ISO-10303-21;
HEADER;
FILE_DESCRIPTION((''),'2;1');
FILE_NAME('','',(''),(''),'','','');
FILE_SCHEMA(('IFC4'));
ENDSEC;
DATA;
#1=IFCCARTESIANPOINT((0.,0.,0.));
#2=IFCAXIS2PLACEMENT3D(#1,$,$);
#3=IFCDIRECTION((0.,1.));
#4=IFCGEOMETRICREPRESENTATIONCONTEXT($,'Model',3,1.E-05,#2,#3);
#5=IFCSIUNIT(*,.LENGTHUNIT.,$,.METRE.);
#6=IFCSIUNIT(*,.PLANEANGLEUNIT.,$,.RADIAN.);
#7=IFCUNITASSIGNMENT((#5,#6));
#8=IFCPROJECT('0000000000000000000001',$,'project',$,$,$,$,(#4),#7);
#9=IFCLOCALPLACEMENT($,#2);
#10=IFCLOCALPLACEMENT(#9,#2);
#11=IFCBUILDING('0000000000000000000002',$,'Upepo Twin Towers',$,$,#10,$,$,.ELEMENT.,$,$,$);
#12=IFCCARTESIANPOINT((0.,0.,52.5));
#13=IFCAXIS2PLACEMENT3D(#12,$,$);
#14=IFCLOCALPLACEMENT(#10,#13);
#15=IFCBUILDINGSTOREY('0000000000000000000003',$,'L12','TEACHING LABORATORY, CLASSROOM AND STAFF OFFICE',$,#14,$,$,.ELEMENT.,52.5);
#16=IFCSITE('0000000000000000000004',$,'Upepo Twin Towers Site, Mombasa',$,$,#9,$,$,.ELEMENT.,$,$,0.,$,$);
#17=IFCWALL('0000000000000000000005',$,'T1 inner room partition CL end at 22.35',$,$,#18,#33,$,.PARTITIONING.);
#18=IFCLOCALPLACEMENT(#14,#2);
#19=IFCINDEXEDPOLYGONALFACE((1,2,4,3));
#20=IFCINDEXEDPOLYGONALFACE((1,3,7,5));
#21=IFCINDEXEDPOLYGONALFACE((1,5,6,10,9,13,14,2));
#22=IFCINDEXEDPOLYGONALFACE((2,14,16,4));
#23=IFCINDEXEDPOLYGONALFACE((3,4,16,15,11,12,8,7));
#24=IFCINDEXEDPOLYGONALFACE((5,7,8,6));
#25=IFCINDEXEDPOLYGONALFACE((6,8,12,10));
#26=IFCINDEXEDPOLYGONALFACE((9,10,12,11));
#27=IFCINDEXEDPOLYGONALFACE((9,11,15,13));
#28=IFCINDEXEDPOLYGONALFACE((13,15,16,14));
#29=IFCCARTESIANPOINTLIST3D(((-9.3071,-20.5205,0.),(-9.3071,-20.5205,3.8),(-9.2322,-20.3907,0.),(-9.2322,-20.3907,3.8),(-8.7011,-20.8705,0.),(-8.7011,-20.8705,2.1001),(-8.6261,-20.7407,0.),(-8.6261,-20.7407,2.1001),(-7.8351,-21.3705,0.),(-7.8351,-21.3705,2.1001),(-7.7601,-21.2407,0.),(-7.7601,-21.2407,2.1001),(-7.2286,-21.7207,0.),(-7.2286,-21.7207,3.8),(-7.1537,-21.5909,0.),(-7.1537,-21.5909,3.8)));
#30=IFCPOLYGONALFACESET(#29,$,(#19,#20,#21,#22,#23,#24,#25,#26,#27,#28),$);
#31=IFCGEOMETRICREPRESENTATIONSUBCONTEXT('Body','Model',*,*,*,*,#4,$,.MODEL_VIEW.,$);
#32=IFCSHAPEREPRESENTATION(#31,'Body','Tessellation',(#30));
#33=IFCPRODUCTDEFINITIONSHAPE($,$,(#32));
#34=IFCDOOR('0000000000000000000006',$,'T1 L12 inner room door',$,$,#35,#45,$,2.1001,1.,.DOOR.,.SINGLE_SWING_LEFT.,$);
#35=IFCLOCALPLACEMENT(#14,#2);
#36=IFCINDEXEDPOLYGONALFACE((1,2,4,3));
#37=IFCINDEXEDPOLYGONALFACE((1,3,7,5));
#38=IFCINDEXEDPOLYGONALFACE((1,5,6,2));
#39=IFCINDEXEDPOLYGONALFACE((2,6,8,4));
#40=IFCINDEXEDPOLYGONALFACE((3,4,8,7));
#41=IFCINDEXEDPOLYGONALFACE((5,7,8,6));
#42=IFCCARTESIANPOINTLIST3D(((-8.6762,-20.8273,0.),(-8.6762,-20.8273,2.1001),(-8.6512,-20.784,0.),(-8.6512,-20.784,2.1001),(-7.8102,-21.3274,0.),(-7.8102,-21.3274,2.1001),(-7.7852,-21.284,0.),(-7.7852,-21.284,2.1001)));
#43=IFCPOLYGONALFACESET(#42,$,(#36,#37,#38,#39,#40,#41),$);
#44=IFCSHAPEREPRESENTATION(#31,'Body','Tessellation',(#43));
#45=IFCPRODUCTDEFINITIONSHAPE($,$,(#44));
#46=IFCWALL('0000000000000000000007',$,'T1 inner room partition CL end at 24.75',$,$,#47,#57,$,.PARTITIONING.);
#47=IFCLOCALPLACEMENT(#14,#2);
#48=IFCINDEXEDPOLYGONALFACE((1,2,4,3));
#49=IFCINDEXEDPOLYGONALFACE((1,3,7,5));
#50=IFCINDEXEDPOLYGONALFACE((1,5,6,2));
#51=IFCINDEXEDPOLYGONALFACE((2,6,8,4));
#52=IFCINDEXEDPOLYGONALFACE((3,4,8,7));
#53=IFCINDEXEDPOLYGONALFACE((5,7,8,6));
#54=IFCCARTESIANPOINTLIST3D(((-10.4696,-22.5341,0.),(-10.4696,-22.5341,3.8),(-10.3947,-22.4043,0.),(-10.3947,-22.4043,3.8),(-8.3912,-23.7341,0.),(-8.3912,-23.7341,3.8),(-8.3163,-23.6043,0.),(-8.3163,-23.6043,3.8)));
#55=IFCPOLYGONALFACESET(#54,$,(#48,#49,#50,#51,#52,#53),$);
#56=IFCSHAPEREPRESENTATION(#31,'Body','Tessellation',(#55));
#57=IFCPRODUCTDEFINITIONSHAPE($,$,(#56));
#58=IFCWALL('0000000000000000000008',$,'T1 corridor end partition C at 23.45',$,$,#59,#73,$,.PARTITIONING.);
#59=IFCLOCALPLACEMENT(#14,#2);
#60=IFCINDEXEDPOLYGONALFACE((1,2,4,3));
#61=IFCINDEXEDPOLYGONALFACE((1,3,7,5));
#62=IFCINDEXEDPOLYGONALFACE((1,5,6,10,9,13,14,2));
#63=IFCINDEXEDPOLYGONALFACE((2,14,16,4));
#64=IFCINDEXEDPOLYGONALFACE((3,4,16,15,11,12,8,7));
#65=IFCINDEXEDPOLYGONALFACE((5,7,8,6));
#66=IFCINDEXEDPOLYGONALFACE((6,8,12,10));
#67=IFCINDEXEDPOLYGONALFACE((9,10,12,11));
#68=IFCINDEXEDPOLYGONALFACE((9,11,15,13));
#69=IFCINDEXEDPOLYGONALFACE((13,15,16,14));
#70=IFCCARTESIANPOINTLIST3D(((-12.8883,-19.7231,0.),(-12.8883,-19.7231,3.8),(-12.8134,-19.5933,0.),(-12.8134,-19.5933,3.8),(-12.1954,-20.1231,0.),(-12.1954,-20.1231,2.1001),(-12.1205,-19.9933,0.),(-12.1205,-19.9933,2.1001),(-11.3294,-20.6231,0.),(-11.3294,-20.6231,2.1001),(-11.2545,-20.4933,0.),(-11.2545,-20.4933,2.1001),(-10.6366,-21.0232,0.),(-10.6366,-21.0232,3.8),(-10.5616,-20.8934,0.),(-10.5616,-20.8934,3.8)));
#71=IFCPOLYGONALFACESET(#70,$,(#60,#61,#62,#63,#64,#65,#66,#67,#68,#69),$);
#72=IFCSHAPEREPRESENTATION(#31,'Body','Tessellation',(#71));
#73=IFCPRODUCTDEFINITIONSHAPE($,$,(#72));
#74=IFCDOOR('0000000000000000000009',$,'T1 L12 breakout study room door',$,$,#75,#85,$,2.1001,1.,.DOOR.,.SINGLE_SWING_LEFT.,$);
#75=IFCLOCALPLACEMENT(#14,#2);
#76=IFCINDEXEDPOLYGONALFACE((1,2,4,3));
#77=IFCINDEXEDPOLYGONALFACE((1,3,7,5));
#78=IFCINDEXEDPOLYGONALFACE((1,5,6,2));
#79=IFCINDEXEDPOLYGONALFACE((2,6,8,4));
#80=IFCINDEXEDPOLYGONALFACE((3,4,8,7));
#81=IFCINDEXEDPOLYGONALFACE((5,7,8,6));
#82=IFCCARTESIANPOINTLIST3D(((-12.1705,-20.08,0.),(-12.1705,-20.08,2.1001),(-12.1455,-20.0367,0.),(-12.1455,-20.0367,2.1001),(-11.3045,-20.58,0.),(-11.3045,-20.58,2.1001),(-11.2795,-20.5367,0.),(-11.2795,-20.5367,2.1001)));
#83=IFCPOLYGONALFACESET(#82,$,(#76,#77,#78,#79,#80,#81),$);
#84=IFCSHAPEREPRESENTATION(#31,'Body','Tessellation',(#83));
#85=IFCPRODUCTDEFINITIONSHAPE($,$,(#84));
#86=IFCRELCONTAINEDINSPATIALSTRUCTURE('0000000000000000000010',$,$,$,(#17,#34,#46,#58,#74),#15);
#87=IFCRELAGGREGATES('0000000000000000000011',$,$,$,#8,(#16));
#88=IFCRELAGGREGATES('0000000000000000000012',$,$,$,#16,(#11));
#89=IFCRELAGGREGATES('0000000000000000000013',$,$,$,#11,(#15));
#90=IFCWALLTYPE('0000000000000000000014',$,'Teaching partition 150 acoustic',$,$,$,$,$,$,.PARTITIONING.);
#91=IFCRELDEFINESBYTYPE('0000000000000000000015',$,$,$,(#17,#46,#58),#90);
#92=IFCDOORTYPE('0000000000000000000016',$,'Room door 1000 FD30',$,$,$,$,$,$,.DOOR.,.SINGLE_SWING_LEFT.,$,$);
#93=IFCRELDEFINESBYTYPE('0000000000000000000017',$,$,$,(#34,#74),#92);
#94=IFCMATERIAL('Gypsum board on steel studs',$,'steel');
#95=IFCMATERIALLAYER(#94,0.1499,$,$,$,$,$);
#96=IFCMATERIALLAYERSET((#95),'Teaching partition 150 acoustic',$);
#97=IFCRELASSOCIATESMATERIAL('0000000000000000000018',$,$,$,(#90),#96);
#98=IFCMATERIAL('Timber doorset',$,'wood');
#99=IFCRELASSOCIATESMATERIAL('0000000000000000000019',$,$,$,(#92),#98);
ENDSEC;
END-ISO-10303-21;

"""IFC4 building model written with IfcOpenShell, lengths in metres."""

from ifc_helpers import new_model, si_unit, direction, frame, frame_2d, origin, place, context, subcontext, project, spatial, rectangle, extrude, material, layer, layer_set, type_object, element, fill, save


model = new_model("IFC4")

# Units and contexts
model_context = context("Model", 3, precision=1e-05, world=origin(), true_north=direction((0.0, 1.0)))
body_context = subcontext(model_context, "Body", "Model", "MODEL_VIEW")
ifc_project = project(units=[si_unit("LENGTHUNIT", "METRE"), si_unit("PLANEANGLEUNIT", "RADIAN")], contexts=[model_context])

# Site, building, storey
site_placement = place(None, origin())
site = spatial("IfcSite", under=ifc_project, at=site_placement, Name="Upepo Twin Towers Site, Mombasa", CompositionType="ELEMENT", RefElevation=0.0)
building_placement = place(site_placement, origin())
building = spatial("IfcBuilding", under=site, at=building_placement, Name="Upepo Twin Towers", CompositionType="ELEMENT")
storey_placement = place(building_placement, frame((0.0, 0.0, 52.5)))
storey = spatial("IfcBuildingStorey", under=building, at=storey_placement, Name="L12", Description="TEACHING LABORATORY, CLASSROOM AND STAFF OFFICE", CompositionType="ELEMENT", Elevation=52.5)

# Shared definitions
ifc_material_1 = material(Name="Gypsum board on steel studs", Category="steel")
ifc_layer_1 = layer(ifc_material_1, 0.1499)
ifc_layer_set_1 = layer_set([ifc_layer_1], Name="Teaching partition 150 acoustic")
wall_type_1 = type_object("IfcWallType", Name="Teaching partition 150 acoustic", PredefinedType="PARTITIONING", material=ifc_layer_set_1)

# Wall, opening, door
wall_1_placement = place(storey_placement, frame((-9.2698, -20.4556, 0.0), z_axis=(0.0, 0.0, 1.0), x_axis=(0.866006, -0.500034, 0.0)))
wall_1 = element("IfcWall", 1, at=wall_1_placement, inside=storey, type_object=wall_type_1, Name="T1 inner room partition CL end at 22.35", PredefinedType="PARTITIONING", context=body_context, shape_type="SweptSolid", body=[
    extrude(rectangle(XDim=2.4001, YDim=0.1499, at=frame_2d((1.2002, 0.0))), origin(), (0.0, 0.0, 1.0), 3.8),
])
opening_1_placement = place(wall_1_placement, frame((0.7, 0.0, 0.0)))
opening_1 = element("IfcOpeningElement", 2, at=opening_1_placement, cuts=wall_1, PredefinedType="OPENING", context=body_context, shape_type="SweptSolid", body=[
    extrude(rectangle(XDim=1.0, YDim=2.1001, at=frame_2d((0.5, 1.05))), frame((0.0, 0.085, 0.0), z_axis=(0.0, -1.0, 0.0), x_axis=(1.0, 0.0, 0.0)), (0.0, 0.0, 1.0), 0.1699),
])
ifc_material_2 = material(Name="Timber doorset", Category="wood")
door_type = type_object("IfcDoorType", Name="Room door 1000 FD30", OperationType="SINGLE_SWING_LEFT", PredefinedType="DOOR", material=ifc_material_2)
door_1_placement = place(opening_1_placement, origin())
door_1 = element("IfcDoor", 3, at=door_1_placement, inside=storey, type_object=door_type, Name="T1 L12 inner room door", OperationType="SINGLE_SWING_LEFT", OverallHeight=2.1001, OverallWidth=1.0, PredefinedType="DOOR", context=body_context, shape_type="SweptSolid", body=[
    extrude(rectangle(XDim=1.0, YDim=2.1001, at=frame_2d((0.5, 1.05))), frame((0.0, 0.0249, 0.0), z_axis=(0.0, -1.0, 0.0), x_axis=(1.0, 0.0, 0.0)), (0.0, 0.0, 1.0), 0.05),
])
fill(opening_1, door_1)

# Wall
wall_2_placement = place(storey_placement, frame((-10.4321, -22.4692, 0.0), z_axis=(0.0, 0.0, 1.0), x_axis=(0.866025, -0.500001, 0.0)))
element("IfcWall", 4, at=wall_2_placement, inside=storey, type_object=wall_type_1, Name="T1 inner room partition CL end at 24.75", PredefinedType="PARTITIONING", context=body_context, shape_type="SweptSolid", body=[
    extrude(rectangle(XDim=2.3999, YDim=0.1499, at=frame_2d((1.2, 0.0))), origin(), (0.0, 0.0, 1.0), 3.8),
])

# Wall, opening, door
wall_3_placement = place(storey_placement, frame((-12.8508, -19.6582, 0.0), z_axis=(0.0, 0.0, 1.0), x_axis=(0.866021, -0.500007, 0.0)))
wall_3 = element("IfcWall", 5, at=wall_3_placement, inside=storey, type_object=wall_type_1, Name="T1 corridor end partition C at 23.45", PredefinedType="PARTITIONING", context=body_context, shape_type="SweptSolid", body=[
    extrude(rectangle(XDim=2.6001, YDim=0.1499, at=frame_2d((1.3, 0.0))), origin(), (0.0, 0.0, 1.0), 3.8),
])
opening_2_placement = place(wall_3_placement, frame((0.8, 0.0, 0.0)))
opening_2 = element("IfcOpeningElement", 6, at=opening_2_placement, cuts=wall_3, PredefinedType="OPENING", context=body_context, shape_type="SweptSolid", body=[
    extrude(rectangle(XDim=1.0, YDim=2.1001, at=frame_2d((0.5, 1.05))), frame((0.0, 0.085, 0.0), z_axis=(0.0, -1.0, 0.0), x_axis=(1.0, 0.0, 0.0)), (0.0, 0.0, 1.0), 0.1699),
])
door_2_placement = place(opening_2_placement, origin())
door_2 = element("IfcDoor", 7, at=door_2_placement, inside=storey, type_object=door_type, Name="T1 L12 breakout study room door", OperationType="SINGLE_SWING_LEFT", OverallHeight=2.1001, OverallWidth=1.0, PredefinedType="DOOR", context=body_context, shape_type="SweptSolid", body=[
    extrude(rectangle(XDim=1.0, YDim=2.1001, at=frame_2d((0.5, 1.05))), frame((0.0, 0.0249, 0.0), z_axis=(0.0, -1.0, 0.0), x_axis=(1.0, 0.0, 0.0)), (0.0, 0.0, 1.0), 0.05),
])
fill(opening_2, door_2)

save(model, "model.ifc")
